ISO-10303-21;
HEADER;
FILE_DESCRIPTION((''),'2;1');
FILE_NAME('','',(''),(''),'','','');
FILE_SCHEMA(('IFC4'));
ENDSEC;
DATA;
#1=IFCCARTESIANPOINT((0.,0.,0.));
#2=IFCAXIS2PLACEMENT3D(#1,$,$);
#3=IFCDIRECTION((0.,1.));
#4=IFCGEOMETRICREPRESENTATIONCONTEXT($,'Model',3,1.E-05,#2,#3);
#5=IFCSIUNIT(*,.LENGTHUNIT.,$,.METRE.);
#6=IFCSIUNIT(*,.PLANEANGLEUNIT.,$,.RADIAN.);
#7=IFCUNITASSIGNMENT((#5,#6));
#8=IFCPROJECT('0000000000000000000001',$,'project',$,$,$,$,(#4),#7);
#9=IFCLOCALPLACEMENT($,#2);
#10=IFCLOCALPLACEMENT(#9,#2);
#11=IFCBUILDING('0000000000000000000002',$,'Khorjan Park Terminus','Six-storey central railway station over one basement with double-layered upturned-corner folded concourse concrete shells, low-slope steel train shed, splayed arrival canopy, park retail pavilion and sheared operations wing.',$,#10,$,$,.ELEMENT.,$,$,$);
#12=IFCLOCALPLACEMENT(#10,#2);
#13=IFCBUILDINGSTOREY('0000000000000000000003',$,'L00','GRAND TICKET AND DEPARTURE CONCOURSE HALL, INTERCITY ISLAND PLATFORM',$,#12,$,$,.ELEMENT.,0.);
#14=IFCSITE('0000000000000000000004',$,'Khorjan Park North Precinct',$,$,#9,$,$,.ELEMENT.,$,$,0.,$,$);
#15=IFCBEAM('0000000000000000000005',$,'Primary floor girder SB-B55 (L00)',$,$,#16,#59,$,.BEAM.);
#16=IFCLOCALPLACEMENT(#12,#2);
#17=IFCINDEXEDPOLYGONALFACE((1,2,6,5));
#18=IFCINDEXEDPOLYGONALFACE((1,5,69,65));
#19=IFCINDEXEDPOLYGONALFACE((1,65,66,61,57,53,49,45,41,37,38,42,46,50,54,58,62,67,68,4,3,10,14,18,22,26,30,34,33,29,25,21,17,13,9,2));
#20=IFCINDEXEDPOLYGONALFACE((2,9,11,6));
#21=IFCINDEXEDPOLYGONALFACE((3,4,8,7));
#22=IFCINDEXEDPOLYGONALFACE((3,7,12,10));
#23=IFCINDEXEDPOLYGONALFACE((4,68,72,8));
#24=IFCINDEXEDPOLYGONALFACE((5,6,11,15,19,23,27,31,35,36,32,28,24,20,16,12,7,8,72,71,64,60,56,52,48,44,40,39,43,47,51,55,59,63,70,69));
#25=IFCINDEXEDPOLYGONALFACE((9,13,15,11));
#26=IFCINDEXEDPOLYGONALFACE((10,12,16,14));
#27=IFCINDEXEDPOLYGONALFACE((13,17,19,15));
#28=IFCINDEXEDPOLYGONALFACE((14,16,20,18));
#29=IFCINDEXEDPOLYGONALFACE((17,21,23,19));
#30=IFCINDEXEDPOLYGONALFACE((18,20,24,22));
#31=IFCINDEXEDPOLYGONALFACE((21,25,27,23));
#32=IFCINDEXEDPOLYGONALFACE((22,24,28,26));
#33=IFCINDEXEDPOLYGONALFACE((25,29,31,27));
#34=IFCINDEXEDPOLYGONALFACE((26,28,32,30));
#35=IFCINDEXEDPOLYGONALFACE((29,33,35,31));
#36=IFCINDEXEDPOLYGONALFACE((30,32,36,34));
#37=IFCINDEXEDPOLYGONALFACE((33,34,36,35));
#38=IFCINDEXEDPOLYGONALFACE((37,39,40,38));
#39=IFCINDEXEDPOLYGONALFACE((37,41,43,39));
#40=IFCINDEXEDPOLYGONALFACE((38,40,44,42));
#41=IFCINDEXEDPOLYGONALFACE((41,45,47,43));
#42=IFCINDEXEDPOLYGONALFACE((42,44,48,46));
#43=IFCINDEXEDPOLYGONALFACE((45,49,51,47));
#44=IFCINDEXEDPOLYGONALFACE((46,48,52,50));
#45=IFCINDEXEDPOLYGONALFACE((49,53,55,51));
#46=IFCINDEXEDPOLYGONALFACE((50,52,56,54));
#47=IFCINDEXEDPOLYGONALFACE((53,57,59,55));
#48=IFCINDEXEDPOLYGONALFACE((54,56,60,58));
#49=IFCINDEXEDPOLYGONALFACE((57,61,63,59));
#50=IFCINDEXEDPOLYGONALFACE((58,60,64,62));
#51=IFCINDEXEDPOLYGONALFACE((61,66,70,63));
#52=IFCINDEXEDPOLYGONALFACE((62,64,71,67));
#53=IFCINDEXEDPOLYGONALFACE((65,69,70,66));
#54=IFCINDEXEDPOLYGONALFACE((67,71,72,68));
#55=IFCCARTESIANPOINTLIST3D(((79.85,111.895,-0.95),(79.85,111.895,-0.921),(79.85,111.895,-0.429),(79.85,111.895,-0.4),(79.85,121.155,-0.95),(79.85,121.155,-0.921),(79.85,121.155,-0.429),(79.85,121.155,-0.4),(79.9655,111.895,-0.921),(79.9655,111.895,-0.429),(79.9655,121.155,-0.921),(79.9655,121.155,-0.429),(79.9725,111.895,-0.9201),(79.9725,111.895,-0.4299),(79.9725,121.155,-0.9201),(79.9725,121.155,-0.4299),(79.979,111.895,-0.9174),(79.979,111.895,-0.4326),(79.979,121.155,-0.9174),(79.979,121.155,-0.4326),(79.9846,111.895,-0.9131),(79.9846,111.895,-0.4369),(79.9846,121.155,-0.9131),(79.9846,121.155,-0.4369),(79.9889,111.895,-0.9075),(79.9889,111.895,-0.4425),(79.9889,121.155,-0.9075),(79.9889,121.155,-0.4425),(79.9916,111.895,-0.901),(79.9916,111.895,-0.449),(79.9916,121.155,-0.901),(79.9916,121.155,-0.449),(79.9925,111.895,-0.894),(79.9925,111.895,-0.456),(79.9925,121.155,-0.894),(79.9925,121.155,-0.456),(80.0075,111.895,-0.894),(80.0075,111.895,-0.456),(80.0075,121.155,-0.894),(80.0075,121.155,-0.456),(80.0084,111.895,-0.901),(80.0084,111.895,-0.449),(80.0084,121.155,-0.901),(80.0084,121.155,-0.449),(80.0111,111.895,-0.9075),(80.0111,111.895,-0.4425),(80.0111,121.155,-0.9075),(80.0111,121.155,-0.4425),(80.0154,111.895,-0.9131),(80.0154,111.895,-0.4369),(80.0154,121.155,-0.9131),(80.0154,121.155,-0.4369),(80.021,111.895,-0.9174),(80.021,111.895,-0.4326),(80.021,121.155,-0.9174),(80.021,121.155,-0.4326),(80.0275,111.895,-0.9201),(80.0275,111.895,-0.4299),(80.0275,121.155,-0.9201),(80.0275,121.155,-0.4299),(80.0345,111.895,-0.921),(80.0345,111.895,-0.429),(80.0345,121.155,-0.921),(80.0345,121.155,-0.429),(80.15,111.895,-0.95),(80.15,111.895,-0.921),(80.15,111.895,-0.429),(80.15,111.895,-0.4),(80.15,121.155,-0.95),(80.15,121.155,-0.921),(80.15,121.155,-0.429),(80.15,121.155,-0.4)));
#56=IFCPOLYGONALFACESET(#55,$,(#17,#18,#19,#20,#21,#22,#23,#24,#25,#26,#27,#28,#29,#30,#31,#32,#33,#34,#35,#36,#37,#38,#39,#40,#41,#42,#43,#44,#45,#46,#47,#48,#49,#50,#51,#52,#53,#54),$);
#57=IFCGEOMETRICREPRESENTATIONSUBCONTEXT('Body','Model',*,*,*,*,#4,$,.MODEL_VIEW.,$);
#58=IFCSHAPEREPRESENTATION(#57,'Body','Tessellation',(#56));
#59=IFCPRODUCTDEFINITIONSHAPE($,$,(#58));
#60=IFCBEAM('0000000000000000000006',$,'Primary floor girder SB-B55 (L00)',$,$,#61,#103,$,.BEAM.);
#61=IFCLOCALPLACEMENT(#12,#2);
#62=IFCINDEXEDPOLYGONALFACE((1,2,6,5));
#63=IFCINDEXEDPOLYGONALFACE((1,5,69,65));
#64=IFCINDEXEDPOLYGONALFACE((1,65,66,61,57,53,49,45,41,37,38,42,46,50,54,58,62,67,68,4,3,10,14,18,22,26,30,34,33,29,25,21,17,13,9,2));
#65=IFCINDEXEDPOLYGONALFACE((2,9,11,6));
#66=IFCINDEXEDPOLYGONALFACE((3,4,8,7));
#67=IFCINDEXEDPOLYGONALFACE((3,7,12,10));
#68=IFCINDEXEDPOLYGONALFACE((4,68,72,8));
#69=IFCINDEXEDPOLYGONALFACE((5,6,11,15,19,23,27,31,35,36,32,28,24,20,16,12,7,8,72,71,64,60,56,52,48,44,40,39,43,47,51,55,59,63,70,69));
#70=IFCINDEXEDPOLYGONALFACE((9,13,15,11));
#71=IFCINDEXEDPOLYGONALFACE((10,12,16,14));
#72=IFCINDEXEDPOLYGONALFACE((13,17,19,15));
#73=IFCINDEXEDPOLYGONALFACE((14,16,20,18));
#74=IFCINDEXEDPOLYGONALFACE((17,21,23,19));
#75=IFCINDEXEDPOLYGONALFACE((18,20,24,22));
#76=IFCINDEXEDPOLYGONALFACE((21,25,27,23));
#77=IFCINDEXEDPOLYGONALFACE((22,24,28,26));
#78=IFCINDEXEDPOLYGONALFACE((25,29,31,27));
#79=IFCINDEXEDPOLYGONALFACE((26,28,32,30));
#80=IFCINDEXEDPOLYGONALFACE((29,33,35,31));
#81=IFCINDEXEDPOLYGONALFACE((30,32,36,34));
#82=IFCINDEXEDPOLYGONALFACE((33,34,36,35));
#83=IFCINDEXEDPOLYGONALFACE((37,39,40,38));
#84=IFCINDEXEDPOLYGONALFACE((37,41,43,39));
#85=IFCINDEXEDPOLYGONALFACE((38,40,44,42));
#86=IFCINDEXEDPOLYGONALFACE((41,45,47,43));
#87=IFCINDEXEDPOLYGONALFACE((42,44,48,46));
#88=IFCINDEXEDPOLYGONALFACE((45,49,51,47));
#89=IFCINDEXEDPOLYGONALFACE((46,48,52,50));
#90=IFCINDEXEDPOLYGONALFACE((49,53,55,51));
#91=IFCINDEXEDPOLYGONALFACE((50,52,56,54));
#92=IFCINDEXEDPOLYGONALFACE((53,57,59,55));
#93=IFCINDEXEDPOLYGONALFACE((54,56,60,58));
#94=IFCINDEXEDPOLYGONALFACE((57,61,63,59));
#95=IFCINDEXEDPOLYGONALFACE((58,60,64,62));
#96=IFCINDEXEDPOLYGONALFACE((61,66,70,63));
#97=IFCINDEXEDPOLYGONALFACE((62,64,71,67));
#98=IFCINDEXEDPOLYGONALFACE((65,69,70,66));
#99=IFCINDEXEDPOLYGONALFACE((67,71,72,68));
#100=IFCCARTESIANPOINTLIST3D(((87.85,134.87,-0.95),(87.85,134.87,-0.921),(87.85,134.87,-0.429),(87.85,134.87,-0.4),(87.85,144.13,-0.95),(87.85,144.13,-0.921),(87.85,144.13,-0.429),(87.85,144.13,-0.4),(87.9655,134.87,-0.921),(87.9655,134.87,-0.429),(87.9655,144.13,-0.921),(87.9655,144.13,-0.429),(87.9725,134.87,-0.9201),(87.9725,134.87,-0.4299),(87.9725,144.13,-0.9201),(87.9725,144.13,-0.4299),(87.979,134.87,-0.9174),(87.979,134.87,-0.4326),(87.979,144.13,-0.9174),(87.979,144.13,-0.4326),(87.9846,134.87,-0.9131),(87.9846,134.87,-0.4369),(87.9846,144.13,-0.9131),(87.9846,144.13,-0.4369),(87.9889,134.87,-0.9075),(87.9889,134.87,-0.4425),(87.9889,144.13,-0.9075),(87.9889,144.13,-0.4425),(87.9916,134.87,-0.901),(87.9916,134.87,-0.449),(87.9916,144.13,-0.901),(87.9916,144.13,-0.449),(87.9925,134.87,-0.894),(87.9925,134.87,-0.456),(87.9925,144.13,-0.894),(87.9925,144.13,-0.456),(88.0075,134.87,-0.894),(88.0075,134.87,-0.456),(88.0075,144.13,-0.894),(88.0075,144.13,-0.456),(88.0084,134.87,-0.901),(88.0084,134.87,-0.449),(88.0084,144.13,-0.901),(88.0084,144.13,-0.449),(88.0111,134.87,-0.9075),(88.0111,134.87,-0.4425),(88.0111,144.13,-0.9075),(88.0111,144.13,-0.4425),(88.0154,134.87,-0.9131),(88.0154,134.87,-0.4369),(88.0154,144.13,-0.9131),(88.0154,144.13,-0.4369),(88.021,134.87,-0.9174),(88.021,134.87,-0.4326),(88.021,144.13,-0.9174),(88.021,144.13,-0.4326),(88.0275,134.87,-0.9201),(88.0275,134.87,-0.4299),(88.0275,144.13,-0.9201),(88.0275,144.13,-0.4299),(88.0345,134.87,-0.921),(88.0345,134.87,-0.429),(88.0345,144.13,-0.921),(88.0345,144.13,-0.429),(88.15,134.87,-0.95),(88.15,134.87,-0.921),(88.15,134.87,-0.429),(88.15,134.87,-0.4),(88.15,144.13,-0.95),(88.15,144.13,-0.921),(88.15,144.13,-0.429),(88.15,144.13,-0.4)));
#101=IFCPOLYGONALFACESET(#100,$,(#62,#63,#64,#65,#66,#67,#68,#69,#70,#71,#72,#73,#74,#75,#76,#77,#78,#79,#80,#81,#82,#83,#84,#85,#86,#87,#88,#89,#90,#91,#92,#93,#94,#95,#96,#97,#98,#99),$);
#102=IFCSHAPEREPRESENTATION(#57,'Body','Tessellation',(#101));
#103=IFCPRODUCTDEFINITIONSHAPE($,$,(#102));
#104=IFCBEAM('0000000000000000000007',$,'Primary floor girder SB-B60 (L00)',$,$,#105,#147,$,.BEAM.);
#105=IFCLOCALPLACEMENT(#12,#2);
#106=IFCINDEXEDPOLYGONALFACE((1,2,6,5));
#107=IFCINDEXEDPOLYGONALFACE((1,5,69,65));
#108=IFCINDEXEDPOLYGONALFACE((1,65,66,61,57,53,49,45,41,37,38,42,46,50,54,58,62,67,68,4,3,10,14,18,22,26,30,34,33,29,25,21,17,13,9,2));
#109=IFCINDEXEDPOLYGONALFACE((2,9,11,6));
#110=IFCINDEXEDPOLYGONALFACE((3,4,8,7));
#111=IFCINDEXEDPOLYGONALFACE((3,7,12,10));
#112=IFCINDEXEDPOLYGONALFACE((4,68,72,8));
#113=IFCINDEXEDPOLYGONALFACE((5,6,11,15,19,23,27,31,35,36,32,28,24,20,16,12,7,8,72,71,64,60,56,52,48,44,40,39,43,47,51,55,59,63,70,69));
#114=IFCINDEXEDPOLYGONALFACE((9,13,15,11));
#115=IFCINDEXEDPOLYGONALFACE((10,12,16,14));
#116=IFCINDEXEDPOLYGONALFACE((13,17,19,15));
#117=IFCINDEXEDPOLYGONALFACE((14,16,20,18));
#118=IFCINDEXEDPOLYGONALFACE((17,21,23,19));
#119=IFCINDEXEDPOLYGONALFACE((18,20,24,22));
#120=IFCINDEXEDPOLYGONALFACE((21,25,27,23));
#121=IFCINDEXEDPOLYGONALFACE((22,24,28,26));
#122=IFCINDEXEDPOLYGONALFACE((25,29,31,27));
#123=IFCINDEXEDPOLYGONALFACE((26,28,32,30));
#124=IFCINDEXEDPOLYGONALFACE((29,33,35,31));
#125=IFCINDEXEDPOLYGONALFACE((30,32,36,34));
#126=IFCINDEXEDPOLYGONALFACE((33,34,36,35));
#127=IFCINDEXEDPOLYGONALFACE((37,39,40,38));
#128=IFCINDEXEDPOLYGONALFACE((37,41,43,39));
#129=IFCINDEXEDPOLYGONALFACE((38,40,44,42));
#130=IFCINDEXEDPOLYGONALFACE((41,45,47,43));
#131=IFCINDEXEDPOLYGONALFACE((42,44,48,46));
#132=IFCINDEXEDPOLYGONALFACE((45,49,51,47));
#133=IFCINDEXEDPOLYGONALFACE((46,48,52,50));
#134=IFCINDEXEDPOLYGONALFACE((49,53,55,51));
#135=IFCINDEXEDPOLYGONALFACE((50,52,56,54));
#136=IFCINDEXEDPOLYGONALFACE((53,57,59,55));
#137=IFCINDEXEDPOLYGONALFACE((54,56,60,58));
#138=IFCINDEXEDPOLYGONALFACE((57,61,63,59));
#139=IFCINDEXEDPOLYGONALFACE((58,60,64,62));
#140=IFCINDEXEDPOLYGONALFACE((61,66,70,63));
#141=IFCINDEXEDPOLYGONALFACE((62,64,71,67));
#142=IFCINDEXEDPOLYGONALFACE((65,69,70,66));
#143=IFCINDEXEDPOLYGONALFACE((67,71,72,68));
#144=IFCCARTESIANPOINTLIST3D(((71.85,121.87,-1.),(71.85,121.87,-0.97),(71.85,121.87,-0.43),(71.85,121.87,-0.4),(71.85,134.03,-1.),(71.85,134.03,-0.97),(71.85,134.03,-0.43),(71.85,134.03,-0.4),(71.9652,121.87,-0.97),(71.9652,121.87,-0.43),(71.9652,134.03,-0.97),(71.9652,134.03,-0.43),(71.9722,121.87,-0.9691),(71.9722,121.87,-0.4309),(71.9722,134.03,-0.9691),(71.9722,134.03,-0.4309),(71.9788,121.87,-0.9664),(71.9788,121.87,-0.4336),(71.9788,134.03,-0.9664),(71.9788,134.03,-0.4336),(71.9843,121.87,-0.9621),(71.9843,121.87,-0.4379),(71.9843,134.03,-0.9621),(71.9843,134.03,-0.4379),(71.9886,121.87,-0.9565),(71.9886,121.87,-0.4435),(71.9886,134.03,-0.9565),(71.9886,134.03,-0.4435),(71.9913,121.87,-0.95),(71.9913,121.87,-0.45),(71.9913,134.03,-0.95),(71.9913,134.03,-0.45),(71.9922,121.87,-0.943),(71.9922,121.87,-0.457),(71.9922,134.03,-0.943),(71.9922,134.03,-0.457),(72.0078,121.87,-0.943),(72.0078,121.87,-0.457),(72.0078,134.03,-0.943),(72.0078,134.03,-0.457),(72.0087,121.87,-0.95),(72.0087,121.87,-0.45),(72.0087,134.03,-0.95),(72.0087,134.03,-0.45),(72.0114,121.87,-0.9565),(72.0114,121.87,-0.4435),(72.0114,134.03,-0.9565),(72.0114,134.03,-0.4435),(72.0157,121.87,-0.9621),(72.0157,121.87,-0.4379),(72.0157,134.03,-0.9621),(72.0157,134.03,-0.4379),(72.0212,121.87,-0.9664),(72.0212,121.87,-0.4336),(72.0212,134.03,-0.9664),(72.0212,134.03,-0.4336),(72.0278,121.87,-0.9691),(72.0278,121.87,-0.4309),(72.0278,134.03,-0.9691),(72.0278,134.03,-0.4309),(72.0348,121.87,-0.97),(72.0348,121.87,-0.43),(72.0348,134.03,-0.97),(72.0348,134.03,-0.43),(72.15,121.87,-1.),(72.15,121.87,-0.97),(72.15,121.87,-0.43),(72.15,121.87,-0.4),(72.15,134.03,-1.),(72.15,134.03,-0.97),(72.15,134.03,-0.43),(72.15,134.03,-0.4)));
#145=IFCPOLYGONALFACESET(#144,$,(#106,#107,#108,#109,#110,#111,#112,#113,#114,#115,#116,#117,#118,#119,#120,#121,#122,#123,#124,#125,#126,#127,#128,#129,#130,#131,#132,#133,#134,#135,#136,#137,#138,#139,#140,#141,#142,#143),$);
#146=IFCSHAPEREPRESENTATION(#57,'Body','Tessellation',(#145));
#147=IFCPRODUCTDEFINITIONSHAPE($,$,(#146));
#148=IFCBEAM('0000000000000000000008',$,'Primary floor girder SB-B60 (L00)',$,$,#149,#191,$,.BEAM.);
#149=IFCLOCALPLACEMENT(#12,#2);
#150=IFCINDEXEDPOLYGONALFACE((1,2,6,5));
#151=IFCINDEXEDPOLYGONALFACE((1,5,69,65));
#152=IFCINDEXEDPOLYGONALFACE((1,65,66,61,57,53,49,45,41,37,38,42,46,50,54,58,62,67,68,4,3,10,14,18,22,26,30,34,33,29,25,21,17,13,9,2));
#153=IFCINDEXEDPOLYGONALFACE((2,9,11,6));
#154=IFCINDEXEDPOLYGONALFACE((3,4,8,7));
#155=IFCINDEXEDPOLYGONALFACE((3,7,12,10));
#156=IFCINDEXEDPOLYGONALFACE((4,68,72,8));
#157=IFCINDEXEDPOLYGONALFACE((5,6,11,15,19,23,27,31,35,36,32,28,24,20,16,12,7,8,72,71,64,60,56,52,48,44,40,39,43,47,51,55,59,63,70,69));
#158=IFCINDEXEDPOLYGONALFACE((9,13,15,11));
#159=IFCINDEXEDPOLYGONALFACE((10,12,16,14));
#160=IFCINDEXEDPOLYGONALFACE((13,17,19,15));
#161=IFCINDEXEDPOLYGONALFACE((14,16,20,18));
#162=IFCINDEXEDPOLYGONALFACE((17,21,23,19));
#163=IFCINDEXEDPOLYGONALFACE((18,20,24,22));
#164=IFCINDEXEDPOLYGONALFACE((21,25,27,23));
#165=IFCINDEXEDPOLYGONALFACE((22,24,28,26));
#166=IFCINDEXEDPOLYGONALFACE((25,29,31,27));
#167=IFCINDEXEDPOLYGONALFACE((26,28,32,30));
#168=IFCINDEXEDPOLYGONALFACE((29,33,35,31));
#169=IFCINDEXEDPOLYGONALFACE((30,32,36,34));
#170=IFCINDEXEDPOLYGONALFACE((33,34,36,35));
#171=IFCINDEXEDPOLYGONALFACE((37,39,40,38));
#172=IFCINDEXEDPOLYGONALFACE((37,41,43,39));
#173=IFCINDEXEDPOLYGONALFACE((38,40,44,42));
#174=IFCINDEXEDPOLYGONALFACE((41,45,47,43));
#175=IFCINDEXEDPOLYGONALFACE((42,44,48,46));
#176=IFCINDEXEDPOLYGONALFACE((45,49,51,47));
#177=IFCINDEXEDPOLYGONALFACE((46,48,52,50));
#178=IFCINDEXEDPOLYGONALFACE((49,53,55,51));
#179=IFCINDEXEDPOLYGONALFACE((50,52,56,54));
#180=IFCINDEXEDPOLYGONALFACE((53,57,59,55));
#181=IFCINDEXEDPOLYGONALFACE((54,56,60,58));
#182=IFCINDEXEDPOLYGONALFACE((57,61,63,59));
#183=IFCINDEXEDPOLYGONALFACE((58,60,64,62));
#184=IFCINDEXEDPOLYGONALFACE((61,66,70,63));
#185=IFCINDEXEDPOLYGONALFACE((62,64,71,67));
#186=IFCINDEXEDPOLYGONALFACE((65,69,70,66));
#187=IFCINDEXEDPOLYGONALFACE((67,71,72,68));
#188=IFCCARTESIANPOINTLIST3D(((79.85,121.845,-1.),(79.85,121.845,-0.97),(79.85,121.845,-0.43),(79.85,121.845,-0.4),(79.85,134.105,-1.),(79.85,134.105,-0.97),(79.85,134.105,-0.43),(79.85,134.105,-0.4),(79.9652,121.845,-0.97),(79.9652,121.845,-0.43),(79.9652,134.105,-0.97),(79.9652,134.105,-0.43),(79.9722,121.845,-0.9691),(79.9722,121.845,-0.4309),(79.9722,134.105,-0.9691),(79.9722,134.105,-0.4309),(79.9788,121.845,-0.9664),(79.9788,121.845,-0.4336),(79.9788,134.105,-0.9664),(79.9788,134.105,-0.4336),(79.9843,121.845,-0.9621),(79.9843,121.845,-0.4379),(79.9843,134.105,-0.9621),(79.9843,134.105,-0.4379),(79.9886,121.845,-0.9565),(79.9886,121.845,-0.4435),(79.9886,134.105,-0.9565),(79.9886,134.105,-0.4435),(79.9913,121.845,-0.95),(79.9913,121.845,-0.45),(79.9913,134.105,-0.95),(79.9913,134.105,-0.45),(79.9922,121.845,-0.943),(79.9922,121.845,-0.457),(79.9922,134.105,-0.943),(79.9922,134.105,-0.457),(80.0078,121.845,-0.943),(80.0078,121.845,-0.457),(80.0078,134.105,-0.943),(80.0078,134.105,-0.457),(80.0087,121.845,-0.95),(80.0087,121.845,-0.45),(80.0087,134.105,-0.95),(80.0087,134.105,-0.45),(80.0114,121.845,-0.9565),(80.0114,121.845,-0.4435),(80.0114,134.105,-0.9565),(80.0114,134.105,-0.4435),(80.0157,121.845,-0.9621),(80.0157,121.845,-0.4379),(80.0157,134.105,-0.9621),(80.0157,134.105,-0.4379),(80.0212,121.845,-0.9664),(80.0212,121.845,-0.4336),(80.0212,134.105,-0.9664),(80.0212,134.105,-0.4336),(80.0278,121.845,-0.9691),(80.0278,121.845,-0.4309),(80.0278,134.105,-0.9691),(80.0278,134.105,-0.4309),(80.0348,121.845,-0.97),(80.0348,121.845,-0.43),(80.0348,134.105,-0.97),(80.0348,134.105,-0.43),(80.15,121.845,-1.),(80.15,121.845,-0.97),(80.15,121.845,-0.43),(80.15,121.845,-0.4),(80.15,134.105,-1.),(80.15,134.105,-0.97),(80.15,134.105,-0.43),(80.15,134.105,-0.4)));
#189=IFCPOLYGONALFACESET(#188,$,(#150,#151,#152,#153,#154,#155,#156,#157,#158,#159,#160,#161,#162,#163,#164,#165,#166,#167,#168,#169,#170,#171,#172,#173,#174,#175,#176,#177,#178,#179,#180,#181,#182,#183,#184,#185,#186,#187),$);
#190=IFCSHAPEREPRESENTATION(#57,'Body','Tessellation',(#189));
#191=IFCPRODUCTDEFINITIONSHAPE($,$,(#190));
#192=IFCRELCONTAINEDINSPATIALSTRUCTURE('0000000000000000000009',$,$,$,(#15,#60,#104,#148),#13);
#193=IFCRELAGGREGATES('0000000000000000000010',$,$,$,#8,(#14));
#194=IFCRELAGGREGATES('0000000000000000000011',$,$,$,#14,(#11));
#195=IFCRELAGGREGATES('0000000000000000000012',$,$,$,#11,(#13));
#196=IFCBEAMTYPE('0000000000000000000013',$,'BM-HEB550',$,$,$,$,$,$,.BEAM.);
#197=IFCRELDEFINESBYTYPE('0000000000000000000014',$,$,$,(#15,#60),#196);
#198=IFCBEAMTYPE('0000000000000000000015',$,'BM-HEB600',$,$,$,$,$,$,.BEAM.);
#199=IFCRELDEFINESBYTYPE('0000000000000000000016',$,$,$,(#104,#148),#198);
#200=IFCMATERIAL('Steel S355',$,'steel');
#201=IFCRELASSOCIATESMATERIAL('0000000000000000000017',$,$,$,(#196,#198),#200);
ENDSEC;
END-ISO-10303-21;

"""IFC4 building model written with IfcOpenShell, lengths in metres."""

from ifc_helpers import new_model, si_unit, direction, frame, origin, origin_2d, place, context, subcontext, project, spatial, i_section, extrude, material, material_profile, profile_set, type_object, element, save


model = new_model("IFC4")

# Units and contexts
model_context = context("Model", 3, precision=1e-05, world=origin(), true_north=direction((0.0, 1.0)))
body_context = subcontext(model_context, "Body", "Model", "MODEL_VIEW")
ifc_project = project(units=[si_unit("LENGTHUNIT", "METRE"), si_unit("PLANEANGLEUNIT", "RADIAN")], contexts=[model_context])

# Site, building, storey
site_placement = place(None, origin())
site = spatial("IfcSite", under=ifc_project, at=site_placement, Name="Khorjan Park North Precinct", CompositionType="ELEMENT", RefElevation=0.0)
building_placement = place(site_placement, origin())
building = spatial("IfcBuilding", under=site, at=building_placement, Name="Khorjan Park Terminus", Description="Six-storey central railway station over one basement with double-layered upturned-corner folded concourse concrete shells, low-slope steel train shed, splayed arrival canopy, park retail pavilion and sheared operations wing.", CompositionType="ELEMENT")
storey_placement = place(building_placement, origin())
storey = spatial("IfcBuildingStorey", under=building, at=storey_placement, Name="L00", Description="GRAND TICKET AND DEPARTURE CONCOURSE HALL, INTERCITY ISLAND PLATFORM", CompositionType="ELEMENT", Elevation=0.0)

# Beams
ifc_material_1 = material(Name="Steel S355", Category="steel")
ifc_material_profile_1 = material_profile(ifc_material_1, i_section(OverallWidth=0.3, OverallDepth=0.55, WebThickness=0.015, FlangeThickness=0.029, FilletRadius=0.027, at=origin_2d()), Name="HEB 550")
ifc_profile_set_1 = profile_set([ifc_material_profile_1], Name="Steel S355")
beam_type_1 = type_object("IfcBeamType", Name="BM-HEB550", PredefinedType="BEAM", material=ifc_profile_set_1)
for number, where, z_axis, x_axis, name in (
    (1, (80.0, 111.895, -0.675), (0.0, 1.0, 0.0), (-1.0, 0.0, 0.0), "Primary floor girder SB-B55 (L00)"),
    (2, (88.0, 134.87, -0.675), (0.0, 1.0, 0.0), (-1.0, 0.0, 0.0), "Primary floor girder SB-B55 (L00)"),
):
    element("IfcBeam", number, at=place(storey_placement, frame(where, z_axis=z_axis, x_axis=x_axis)), inside=storey, type_object=beam_type_1, Name=name, PredefinedType="BEAM", context=body_context, shape_type="SweptSolid", body=[
        extrude(i_section(OverallWidth=0.3, OverallDepth=0.55, WebThickness=0.015, FlangeThickness=0.029, FilletRadius=0.027, at=origin_2d()), origin(), (0.0, 0.0, 1.0), 9.26),
    ])
ifc_material_profile_2 = material_profile(ifc_material_1, i_section(OverallWidth=0.3, OverallDepth=0.6, WebThickness=0.0155, FlangeThickness=0.03, FilletRadius=0.027, at=origin_2d()), Name="HEB 600")
ifc_profile_set_2 = profile_set([ifc_material_profile_2], Name="Steel S355")
beam_type_2 = type_object("IfcBeamType", Name="BM-HEB600", PredefinedType="BEAM", material=ifc_profile_set_2)
beam_1_placement = place(storey_placement, frame((72.0, 121.87, -0.7), z_axis=(0.0, 1.0, 0.0), x_axis=(-1.0, 0.0, 0.0)))
element("IfcBeam", 3, at=beam_1_placement, inside=storey, type_object=beam_type_2, Name="Primary floor girder SB-B60 (L00)", PredefinedType="BEAM", context=body_context, shape_type="SweptSolid", body=[
    extrude(i_section(OverallWidth=0.3, OverallDepth=0.6, WebThickness=0.0155, FlangeThickness=0.03, FilletRadius=0.027, at=origin_2d()), origin(), (0.0, 0.0, 1.0), 12.16),
])
beam_2_placement = place(storey_placement, frame((80.0, 121.845, -0.7), z_axis=(0.0, 1.0, 0.0), x_axis=(-1.0, 0.0, 0.0)))
element("IfcBeam", 4, at=beam_2_placement, inside=storey, type_object=beam_type_2, Name="Primary floor girder SB-B60 (L00)", PredefinedType="BEAM", context=body_context, shape_type="SweptSolid", body=[
    extrude(i_section(OverallWidth=0.3, OverallDepth=0.6, WebThickness=0.0155, FlangeThickness=0.03, FilletRadius=0.027, at=origin_2d()), origin(), (0.0, 0.0, 1.0), 12.26),
])

save(model, "model.ifc")
